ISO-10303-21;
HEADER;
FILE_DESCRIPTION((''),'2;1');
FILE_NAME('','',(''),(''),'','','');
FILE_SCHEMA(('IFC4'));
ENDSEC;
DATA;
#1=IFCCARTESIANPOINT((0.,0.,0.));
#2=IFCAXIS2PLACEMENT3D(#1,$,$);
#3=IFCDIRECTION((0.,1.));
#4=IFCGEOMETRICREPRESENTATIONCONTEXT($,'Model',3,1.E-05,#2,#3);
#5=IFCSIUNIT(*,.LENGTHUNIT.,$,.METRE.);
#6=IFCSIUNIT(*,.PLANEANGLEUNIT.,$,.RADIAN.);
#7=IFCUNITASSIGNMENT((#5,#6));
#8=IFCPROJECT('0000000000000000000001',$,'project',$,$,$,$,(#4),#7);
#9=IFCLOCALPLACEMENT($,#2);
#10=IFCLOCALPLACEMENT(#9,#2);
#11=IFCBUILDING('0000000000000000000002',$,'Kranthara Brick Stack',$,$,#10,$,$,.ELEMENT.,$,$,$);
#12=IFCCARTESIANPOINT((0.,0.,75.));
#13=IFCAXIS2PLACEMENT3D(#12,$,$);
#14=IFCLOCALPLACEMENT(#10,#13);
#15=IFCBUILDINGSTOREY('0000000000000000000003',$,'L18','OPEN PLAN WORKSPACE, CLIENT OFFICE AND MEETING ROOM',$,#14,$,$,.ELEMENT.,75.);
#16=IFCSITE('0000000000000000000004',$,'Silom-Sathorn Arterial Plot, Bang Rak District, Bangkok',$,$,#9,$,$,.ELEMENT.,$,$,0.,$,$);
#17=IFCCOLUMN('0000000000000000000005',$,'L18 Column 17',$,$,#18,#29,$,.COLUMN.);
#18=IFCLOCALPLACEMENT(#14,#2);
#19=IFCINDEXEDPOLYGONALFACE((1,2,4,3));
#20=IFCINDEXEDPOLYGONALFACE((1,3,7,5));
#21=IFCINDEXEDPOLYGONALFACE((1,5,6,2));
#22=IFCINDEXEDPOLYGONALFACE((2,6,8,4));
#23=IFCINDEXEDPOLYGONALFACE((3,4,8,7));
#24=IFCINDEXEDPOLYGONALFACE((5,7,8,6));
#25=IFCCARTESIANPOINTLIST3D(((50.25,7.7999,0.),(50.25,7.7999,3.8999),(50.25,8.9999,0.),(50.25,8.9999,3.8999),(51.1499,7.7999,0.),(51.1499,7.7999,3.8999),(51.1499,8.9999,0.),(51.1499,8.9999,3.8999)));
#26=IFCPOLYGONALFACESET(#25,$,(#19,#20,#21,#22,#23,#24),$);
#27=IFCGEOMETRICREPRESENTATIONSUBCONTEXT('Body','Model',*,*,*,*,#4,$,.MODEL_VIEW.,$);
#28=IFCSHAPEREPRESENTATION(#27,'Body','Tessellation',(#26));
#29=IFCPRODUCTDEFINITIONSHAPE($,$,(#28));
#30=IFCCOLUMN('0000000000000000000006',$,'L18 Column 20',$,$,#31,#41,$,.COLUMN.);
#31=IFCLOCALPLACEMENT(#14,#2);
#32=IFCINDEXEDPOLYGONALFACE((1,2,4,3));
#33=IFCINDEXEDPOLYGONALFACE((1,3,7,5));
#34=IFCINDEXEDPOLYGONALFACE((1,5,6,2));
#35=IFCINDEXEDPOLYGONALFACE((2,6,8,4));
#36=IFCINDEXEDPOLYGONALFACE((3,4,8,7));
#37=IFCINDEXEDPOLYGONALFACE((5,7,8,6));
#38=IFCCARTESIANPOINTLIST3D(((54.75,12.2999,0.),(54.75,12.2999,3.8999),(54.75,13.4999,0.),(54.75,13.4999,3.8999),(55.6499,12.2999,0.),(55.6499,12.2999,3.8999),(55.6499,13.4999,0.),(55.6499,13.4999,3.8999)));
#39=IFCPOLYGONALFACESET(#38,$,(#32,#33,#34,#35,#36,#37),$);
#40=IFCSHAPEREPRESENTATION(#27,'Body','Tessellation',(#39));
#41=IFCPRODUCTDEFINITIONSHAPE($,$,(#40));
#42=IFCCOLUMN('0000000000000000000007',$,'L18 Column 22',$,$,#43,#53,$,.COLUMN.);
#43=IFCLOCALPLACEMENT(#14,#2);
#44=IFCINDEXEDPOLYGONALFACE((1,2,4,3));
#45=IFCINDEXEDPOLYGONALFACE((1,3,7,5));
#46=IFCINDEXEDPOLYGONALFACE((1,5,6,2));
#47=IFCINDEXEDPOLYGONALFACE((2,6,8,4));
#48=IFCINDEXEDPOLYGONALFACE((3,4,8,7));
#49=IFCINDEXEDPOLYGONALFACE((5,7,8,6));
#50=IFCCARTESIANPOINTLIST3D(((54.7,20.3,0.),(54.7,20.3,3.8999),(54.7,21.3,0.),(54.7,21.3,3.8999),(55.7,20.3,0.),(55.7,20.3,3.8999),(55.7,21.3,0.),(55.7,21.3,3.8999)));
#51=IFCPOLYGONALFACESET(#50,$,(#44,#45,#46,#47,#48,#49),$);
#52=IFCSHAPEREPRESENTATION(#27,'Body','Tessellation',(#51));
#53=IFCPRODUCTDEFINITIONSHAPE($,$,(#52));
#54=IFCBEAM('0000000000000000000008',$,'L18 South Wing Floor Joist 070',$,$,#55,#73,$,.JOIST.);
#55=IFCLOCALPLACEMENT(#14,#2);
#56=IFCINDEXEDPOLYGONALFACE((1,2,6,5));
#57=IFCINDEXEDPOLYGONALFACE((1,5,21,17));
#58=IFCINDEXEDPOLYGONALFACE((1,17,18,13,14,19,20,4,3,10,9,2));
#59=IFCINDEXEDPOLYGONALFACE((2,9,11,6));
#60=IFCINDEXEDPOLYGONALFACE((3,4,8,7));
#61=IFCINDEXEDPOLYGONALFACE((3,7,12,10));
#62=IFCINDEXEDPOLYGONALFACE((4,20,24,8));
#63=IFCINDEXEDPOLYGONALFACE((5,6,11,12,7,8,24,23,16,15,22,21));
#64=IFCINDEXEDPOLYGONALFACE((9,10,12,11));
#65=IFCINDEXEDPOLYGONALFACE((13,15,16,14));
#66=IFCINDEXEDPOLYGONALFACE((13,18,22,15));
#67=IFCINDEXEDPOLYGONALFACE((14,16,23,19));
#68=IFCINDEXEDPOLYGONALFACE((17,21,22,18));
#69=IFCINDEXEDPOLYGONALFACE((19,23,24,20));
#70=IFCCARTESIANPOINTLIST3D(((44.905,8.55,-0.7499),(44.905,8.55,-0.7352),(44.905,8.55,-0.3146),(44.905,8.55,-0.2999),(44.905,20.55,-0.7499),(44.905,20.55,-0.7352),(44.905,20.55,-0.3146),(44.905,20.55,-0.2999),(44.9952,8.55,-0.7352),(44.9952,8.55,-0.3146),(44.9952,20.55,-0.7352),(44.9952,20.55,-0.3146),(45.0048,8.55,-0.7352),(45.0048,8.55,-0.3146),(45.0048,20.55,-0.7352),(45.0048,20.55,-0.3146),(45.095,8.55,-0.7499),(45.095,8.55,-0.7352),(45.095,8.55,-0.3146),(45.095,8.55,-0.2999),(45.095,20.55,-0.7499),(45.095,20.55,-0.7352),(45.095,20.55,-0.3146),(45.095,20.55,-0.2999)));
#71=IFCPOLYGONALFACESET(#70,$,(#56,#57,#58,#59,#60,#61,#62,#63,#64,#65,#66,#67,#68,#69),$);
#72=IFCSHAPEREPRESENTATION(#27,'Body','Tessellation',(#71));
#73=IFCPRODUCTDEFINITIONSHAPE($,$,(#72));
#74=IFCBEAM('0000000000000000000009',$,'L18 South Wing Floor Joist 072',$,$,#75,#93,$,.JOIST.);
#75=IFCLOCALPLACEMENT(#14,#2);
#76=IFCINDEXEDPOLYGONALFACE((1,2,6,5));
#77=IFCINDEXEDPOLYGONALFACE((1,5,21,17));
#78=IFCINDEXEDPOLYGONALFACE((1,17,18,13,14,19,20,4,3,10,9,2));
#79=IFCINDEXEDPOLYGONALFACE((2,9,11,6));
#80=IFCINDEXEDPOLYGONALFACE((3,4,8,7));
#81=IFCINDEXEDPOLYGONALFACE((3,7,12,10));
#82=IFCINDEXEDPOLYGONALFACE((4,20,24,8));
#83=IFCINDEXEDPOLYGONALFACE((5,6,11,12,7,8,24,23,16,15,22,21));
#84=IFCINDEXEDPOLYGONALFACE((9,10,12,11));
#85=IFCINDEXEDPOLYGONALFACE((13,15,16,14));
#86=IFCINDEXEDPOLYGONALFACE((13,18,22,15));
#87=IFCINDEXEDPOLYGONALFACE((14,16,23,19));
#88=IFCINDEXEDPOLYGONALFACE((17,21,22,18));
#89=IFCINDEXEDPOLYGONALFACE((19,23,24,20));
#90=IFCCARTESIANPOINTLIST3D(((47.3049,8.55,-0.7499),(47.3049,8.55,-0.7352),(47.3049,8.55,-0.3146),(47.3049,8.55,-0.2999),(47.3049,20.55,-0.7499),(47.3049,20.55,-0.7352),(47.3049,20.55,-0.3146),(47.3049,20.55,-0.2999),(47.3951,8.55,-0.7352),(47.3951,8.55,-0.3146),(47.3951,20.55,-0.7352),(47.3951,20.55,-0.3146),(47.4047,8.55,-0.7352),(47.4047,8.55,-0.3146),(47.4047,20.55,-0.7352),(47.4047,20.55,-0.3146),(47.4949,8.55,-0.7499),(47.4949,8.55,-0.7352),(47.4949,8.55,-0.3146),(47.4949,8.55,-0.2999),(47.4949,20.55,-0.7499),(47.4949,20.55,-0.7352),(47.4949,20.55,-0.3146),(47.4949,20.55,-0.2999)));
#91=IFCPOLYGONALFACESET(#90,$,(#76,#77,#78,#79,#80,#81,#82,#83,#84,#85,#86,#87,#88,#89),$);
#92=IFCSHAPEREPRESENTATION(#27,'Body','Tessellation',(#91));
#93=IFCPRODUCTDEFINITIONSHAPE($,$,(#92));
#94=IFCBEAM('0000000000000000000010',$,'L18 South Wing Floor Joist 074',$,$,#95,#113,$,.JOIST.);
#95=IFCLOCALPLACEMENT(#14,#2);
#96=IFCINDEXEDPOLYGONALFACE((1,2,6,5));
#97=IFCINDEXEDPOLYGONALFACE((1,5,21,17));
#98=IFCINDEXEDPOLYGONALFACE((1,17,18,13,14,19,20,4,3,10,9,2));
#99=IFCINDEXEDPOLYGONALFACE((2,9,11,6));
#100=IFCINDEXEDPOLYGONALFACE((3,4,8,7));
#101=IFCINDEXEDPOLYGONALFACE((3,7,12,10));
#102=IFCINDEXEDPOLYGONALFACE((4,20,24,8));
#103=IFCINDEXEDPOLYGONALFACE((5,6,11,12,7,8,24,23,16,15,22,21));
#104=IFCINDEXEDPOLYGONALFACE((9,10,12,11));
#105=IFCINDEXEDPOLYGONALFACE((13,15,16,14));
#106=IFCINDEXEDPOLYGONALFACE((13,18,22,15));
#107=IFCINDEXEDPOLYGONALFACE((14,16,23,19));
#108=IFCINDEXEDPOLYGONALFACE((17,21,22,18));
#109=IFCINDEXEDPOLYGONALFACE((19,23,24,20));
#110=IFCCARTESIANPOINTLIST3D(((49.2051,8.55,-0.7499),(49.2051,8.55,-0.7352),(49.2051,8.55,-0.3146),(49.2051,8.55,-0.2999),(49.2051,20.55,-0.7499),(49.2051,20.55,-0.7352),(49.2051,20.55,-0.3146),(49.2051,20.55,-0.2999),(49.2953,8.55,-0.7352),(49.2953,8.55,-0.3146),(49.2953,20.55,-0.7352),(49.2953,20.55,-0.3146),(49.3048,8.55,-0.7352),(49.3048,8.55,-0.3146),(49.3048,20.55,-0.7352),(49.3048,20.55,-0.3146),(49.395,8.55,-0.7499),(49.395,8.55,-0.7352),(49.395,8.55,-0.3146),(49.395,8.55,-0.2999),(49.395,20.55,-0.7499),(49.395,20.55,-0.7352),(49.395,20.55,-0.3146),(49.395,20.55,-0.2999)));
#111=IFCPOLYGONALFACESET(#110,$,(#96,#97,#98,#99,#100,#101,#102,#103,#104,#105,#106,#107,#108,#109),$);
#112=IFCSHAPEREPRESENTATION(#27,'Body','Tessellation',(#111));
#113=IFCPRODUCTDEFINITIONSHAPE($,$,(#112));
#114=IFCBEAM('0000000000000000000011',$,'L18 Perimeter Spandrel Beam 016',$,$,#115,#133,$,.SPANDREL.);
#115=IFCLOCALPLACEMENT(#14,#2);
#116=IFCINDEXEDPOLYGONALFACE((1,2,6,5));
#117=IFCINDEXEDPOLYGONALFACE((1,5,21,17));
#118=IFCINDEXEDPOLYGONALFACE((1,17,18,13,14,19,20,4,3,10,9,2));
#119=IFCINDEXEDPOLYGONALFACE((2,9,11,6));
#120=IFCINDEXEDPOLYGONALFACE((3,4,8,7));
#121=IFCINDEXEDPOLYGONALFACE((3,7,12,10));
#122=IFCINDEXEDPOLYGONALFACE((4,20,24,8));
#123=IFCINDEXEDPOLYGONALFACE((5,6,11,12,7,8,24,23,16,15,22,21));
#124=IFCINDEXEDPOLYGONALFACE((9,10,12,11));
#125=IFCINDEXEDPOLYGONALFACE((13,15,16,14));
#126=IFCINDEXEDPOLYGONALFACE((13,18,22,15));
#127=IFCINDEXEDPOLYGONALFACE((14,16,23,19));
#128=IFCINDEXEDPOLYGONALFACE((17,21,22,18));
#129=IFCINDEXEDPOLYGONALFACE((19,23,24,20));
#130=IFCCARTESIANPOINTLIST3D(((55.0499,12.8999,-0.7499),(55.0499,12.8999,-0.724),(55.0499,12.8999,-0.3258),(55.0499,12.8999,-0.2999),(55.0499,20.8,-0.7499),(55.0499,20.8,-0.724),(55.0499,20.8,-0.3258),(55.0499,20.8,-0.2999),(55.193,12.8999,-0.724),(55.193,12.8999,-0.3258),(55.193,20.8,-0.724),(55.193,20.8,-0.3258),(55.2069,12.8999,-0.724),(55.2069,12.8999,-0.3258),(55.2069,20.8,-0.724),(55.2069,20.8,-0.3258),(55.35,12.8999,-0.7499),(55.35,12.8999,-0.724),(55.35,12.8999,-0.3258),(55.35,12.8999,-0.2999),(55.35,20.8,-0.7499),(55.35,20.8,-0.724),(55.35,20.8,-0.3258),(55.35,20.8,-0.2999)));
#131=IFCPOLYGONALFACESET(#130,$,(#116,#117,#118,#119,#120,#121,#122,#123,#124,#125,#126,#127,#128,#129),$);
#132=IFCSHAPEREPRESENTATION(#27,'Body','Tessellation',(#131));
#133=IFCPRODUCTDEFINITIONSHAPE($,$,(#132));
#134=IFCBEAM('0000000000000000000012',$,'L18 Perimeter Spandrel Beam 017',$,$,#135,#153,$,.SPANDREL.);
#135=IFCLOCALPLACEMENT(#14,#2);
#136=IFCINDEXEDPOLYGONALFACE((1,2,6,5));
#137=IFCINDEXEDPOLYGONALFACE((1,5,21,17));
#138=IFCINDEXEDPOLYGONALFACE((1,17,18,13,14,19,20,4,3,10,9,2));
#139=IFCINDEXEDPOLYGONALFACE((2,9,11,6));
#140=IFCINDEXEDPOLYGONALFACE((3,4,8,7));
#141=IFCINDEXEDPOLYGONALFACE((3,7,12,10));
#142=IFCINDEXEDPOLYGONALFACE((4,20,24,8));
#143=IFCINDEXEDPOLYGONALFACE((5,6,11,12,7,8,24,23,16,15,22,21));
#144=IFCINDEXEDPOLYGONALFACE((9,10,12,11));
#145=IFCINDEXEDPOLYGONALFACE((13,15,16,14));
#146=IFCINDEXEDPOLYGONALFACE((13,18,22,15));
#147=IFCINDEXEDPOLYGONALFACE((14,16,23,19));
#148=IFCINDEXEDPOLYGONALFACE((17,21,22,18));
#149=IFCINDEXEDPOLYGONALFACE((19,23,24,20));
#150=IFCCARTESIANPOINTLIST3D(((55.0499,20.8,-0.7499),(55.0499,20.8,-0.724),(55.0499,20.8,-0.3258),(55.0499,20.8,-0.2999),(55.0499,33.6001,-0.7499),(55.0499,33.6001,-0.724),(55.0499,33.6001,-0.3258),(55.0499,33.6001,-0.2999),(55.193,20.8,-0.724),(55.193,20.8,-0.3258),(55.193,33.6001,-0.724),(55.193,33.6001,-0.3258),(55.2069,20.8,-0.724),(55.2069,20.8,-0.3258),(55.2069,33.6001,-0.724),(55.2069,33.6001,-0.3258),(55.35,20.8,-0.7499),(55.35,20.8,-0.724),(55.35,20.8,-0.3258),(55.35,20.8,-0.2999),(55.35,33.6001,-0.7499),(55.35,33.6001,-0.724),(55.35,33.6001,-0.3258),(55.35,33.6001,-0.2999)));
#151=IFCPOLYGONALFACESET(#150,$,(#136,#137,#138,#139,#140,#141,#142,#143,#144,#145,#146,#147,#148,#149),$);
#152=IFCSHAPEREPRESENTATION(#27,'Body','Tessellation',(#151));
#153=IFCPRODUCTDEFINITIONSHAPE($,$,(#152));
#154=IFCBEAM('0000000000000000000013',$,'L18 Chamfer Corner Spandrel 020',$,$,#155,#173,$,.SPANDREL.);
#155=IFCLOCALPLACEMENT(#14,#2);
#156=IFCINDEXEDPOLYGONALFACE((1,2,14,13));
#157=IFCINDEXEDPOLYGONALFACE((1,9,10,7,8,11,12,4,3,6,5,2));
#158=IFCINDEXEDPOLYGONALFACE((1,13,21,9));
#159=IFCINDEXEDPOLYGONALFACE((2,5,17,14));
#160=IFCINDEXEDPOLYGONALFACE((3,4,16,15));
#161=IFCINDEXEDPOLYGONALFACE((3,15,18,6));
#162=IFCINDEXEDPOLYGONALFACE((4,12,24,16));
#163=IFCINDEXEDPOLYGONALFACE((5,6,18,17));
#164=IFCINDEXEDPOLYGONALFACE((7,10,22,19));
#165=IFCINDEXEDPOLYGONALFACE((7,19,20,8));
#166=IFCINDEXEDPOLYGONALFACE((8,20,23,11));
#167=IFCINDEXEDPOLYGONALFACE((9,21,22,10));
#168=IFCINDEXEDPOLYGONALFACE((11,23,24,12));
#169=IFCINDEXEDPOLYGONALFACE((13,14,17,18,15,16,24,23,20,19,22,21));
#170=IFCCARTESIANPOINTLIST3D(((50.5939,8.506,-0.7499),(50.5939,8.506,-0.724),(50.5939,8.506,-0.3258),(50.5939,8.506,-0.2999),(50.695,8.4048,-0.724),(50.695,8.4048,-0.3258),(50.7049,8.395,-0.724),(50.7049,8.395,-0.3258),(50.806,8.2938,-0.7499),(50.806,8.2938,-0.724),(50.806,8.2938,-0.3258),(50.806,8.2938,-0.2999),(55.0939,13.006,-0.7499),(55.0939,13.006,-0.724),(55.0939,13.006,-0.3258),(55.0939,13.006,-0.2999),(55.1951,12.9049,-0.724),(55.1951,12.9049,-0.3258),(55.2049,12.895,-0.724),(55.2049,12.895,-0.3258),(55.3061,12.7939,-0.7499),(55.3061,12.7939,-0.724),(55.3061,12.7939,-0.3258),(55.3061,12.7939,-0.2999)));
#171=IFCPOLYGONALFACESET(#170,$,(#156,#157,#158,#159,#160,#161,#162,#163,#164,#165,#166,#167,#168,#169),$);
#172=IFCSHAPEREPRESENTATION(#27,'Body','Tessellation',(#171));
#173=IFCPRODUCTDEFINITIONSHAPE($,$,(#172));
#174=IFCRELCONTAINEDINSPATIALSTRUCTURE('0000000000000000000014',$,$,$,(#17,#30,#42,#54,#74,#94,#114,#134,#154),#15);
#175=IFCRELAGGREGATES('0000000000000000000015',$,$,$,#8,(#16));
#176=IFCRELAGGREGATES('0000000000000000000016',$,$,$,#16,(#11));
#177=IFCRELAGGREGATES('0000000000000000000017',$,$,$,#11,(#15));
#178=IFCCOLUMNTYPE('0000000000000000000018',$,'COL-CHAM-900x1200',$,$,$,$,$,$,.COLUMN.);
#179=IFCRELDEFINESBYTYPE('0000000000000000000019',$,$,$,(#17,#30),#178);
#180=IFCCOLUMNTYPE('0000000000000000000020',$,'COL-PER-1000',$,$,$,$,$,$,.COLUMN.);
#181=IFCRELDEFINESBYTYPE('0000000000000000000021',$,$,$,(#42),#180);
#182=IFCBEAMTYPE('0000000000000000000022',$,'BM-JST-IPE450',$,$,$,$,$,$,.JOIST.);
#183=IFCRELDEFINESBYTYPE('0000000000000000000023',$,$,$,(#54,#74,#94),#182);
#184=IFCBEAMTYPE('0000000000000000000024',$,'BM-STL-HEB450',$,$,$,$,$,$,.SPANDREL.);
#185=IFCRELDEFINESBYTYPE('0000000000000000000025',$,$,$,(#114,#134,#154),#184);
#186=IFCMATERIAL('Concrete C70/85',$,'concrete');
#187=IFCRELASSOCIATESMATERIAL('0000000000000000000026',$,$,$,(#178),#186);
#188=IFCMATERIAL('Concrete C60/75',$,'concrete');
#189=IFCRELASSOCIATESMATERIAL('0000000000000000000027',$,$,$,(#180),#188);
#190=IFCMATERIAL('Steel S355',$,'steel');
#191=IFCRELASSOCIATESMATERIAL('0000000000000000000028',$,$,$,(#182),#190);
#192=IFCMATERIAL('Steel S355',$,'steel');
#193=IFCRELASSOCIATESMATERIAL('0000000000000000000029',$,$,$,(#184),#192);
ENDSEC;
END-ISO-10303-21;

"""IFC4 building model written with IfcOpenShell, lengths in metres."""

from ifc_helpers import new_model, si_unit, direction, frame, origin, origin_2d, place, context, subcontext, project, spatial, rectangle, i_section, extrude, material, material_profile, profile_set, type_object, element, save


model = new_model("IFC4")

# Units and contexts
model_context = context("Model", 3, precision=1e-05, world=origin(), true_north=direction((0.0, 1.0)))
body_context = subcontext(model_context, "Body", "Model", "MODEL_VIEW")
ifc_project = project(units=[si_unit("LENGTHUNIT", "METRE"), si_unit("PLANEANGLEUNIT", "RADIAN")], contexts=[model_context])

# Site, building, storey
site_placement = place(None, origin())
site = spatial("IfcSite", under=ifc_project, at=site_placement, Name="Silom-Sathorn Arterial Plot, Bang Rak District, Bangkok", CompositionType="ELEMENT", RefElevation=0.0)
building_placement = place(site_placement, origin())
building = spatial("IfcBuilding", under=site, at=building_placement, Name="Kranthara Brick Stack", CompositionType="ELEMENT")
storey_placement = place(building_placement, frame((0.0, 0.0, 75.0)))
storey = spatial("IfcBuildingStorey", under=building, at=storey_placement, Name="L18", Description="OPEN PLAN WORKSPACE, CLIENT OFFICE AND MEETING ROOM", CompositionType="ELEMENT", Elevation=75.0)

# Columns
ifc_material_1 = material(Name="Concrete C70/85", Category="concrete")
ifc_material_profile_1 = material_profile(ifc_material_1, rectangle(XDim=0.8999, YDim=1.2, at=origin_2d()), Name="RC 900x1200")
ifc_profile_set_1 = profile_set([ifc_material_profile_1], Name="Concrete C70/85")
column_type_1 = type_object("IfcColumnType", Name="COL-CHAM-900x1200", PredefinedType="COLUMN", material=ifc_profile_set_1)
for number, where, z_axis, x_axis, name in (
    (1, (50.7, 8.3999, 0.0), (0.0, 0.0, 1.0), (1.0, 0.0, 0.0), "L18 Column 17"),
    (2, (55.2, 12.8999, 0.0), (0.0, 0.0, 1.0), (1.0, 0.0, 0.0), "L18 Column 20"),
):
    element("IfcColumn", number, at=place(storey_placement, frame(where, z_axis=z_axis, x_axis=x_axis)), inside=storey, type_object=column_type_1, Name=name, PredefinedType="COLUMN", context=body_context, shape_type="SweptSolid", body=[
        extrude(rectangle(XDim=0.8999, YDim=1.2, at=origin_2d()), origin(), (0.0, 0.0, 1.0), 3.8999),
    ])
ifc_material_2 = material(Name="Concrete C60/75", Category="concrete")
ifc_material_profile_2 = material_profile(ifc_material_2, rectangle(XDim=1.0, YDim=1.0, at=origin_2d()), Name="RC 1000x1000")
ifc_profile_set_2 = profile_set([ifc_material_profile_2], Name="Concrete C60/75")
column_type_2 = type_object("IfcColumnType", Name="COL-PER-1000", PredefinedType="COLUMN", material=ifc_profile_set_2)
column_placement = place(storey_placement, frame((55.2, 20.8, 0.0), z_axis=(0.0, 0.0, 1.0), x_axis=(1.0, 0.0, 0.0)))
element("IfcColumn", 3, at=column_placement, inside=storey, type_object=column_type_2, Name="L18 Column 22", PredefinedType="COLUMN", context=body_context, shape_type="SweptSolid", body=[
    extrude(rectangle(XDim=1.0, YDim=1.0, at=origin_2d()), origin(), (0.0, 0.0, 1.0), 3.8999),
])

# Beams
ifc_material_3 = material(Name="Steel S355", Category="steel")
ifc_material_profile_3 = material_profile(ifc_material_3, i_section(OverallWidth=0.1899, OverallDepth=0.45, WebThickness=0.0095, FlangeThickness=0.0146, at=origin_2d()), Name="IPE 450")
ifc_profile_set_3 = profile_set([ifc_material_profile_3], Name="Steel S355")
beam_type_1 = type_object("IfcBeamType", Name="BM-JST-IPE450", PredefinedType="JOIST", material=ifc_profile_set_3)
for number, where, z_axis, x_axis, name in (
    (4, (45.0, 8.55, -0.5249), (0.0, 1.0, 0.0), (-1.0, 0.0, 0.0), "L18 South Wing Floor Joist 070"),
    (5, (47.3999, 8.55, -0.5249), (0.0, 1.0, 0.0), (-1.0, 0.0, 0.0), "L18 South Wing Floor Joist 072"),
    (6, (49.3, 8.55, -0.5249), (0.0, 1.0, 0.0), (-1.0, 0.0, 0.0), "L18 South Wing Floor Joist 074"),
):
    element("IfcBeam", number, at=place(storey_placement, frame(where, z_axis=z_axis, x_axis=x_axis)), inside=storey, type_object=beam_type_1, Name=name, PredefinedType="JOIST", context=body_context, shape_type="SweptSolid", body=[
        extrude(i_section(OverallWidth=0.1899, OverallDepth=0.45, WebThickness=0.0095, FlangeThickness=0.0146, at=origin_2d()), origin(), (0.0, 0.0, 1.0), 12.0),
    ])
ifc_material_4 = material(Name="Steel S355", Category="steel")
ifc_material_profile_4 = material_profile(ifc_material_4, i_section(OverallWidth=0.3, OverallDepth=0.45, WebThickness=0.0139, FlangeThickness=0.0259, at=origin_2d()), Name="HEB 450")
ifc_profile_set_4 = profile_set([ifc_material_profile_4], Name="Steel S355")
beam_type_2 = type_object("IfcBeamType", Name="BM-STL-HEB450", PredefinedType="SPANDREL", material=ifc_profile_set_4)
beam_1_placement = place(storey_placement, frame((55.2, 12.8999, -0.5249), z_axis=(0.0, 1.0, 0.0), x_axis=(-1.0, 0.0, 0.0)))
element("IfcBeam", 7, at=beam_1_placement, inside=storey, type_object=beam_type_2, Name="L18 Perimeter Spandrel Beam 016", PredefinedType="SPANDREL", context=body_context, shape_type="SweptSolid", body=[
    extrude(i_section(OverallWidth=0.3, OverallDepth=0.45, WebThickness=0.0139, FlangeThickness=0.0259, at=origin_2d()), origin(), (0.0, 0.0, 1.0), 7.9001),
])
beam_2_placement = place(storey_placement, frame((55.2, 20.8, -0.5249), z_axis=(0.0, 1.0, 0.0), x_axis=(-1.0, 0.0, 0.0)))
element("IfcBeam", 8, at=beam_2_placement, inside=storey, type_object=beam_type_2, Name="L18 Perimeter Spandrel Beam 017", PredefinedType="SPANDREL", context=body_context, shape_type="SweptSolid", body=[
    extrude(i_section(OverallWidth=0.3, OverallDepth=0.45, WebThickness=0.0139, FlangeThickness=0.0259, at=origin_2d()), origin(), (0.0, 0.0, 1.0), 12.8),
])
beam_3_placement = place(storey_placement, frame((50.7, 8.3999, -0.5249), z_axis=(0.707107, 0.707107, 0.0), x_axis=(-0.707107, 0.707107, 0.0)))
element("IfcBeam", 9, at=beam_3_placement, inside=storey, type_object=beam_type_2, Name="L18 Chamfer Corner Spandrel 020", PredefinedType="SPANDREL", context=body_context, shape_type="SweptSolid", body=[
    extrude(i_section(OverallWidth=0.3, OverallDepth=0.45, WebThickness=0.0139, FlangeThickness=0.0259, at=origin_2d()), origin(), (0.0, 0.0, 1.0), 6.364),
])

save(model, "model.ifc")
